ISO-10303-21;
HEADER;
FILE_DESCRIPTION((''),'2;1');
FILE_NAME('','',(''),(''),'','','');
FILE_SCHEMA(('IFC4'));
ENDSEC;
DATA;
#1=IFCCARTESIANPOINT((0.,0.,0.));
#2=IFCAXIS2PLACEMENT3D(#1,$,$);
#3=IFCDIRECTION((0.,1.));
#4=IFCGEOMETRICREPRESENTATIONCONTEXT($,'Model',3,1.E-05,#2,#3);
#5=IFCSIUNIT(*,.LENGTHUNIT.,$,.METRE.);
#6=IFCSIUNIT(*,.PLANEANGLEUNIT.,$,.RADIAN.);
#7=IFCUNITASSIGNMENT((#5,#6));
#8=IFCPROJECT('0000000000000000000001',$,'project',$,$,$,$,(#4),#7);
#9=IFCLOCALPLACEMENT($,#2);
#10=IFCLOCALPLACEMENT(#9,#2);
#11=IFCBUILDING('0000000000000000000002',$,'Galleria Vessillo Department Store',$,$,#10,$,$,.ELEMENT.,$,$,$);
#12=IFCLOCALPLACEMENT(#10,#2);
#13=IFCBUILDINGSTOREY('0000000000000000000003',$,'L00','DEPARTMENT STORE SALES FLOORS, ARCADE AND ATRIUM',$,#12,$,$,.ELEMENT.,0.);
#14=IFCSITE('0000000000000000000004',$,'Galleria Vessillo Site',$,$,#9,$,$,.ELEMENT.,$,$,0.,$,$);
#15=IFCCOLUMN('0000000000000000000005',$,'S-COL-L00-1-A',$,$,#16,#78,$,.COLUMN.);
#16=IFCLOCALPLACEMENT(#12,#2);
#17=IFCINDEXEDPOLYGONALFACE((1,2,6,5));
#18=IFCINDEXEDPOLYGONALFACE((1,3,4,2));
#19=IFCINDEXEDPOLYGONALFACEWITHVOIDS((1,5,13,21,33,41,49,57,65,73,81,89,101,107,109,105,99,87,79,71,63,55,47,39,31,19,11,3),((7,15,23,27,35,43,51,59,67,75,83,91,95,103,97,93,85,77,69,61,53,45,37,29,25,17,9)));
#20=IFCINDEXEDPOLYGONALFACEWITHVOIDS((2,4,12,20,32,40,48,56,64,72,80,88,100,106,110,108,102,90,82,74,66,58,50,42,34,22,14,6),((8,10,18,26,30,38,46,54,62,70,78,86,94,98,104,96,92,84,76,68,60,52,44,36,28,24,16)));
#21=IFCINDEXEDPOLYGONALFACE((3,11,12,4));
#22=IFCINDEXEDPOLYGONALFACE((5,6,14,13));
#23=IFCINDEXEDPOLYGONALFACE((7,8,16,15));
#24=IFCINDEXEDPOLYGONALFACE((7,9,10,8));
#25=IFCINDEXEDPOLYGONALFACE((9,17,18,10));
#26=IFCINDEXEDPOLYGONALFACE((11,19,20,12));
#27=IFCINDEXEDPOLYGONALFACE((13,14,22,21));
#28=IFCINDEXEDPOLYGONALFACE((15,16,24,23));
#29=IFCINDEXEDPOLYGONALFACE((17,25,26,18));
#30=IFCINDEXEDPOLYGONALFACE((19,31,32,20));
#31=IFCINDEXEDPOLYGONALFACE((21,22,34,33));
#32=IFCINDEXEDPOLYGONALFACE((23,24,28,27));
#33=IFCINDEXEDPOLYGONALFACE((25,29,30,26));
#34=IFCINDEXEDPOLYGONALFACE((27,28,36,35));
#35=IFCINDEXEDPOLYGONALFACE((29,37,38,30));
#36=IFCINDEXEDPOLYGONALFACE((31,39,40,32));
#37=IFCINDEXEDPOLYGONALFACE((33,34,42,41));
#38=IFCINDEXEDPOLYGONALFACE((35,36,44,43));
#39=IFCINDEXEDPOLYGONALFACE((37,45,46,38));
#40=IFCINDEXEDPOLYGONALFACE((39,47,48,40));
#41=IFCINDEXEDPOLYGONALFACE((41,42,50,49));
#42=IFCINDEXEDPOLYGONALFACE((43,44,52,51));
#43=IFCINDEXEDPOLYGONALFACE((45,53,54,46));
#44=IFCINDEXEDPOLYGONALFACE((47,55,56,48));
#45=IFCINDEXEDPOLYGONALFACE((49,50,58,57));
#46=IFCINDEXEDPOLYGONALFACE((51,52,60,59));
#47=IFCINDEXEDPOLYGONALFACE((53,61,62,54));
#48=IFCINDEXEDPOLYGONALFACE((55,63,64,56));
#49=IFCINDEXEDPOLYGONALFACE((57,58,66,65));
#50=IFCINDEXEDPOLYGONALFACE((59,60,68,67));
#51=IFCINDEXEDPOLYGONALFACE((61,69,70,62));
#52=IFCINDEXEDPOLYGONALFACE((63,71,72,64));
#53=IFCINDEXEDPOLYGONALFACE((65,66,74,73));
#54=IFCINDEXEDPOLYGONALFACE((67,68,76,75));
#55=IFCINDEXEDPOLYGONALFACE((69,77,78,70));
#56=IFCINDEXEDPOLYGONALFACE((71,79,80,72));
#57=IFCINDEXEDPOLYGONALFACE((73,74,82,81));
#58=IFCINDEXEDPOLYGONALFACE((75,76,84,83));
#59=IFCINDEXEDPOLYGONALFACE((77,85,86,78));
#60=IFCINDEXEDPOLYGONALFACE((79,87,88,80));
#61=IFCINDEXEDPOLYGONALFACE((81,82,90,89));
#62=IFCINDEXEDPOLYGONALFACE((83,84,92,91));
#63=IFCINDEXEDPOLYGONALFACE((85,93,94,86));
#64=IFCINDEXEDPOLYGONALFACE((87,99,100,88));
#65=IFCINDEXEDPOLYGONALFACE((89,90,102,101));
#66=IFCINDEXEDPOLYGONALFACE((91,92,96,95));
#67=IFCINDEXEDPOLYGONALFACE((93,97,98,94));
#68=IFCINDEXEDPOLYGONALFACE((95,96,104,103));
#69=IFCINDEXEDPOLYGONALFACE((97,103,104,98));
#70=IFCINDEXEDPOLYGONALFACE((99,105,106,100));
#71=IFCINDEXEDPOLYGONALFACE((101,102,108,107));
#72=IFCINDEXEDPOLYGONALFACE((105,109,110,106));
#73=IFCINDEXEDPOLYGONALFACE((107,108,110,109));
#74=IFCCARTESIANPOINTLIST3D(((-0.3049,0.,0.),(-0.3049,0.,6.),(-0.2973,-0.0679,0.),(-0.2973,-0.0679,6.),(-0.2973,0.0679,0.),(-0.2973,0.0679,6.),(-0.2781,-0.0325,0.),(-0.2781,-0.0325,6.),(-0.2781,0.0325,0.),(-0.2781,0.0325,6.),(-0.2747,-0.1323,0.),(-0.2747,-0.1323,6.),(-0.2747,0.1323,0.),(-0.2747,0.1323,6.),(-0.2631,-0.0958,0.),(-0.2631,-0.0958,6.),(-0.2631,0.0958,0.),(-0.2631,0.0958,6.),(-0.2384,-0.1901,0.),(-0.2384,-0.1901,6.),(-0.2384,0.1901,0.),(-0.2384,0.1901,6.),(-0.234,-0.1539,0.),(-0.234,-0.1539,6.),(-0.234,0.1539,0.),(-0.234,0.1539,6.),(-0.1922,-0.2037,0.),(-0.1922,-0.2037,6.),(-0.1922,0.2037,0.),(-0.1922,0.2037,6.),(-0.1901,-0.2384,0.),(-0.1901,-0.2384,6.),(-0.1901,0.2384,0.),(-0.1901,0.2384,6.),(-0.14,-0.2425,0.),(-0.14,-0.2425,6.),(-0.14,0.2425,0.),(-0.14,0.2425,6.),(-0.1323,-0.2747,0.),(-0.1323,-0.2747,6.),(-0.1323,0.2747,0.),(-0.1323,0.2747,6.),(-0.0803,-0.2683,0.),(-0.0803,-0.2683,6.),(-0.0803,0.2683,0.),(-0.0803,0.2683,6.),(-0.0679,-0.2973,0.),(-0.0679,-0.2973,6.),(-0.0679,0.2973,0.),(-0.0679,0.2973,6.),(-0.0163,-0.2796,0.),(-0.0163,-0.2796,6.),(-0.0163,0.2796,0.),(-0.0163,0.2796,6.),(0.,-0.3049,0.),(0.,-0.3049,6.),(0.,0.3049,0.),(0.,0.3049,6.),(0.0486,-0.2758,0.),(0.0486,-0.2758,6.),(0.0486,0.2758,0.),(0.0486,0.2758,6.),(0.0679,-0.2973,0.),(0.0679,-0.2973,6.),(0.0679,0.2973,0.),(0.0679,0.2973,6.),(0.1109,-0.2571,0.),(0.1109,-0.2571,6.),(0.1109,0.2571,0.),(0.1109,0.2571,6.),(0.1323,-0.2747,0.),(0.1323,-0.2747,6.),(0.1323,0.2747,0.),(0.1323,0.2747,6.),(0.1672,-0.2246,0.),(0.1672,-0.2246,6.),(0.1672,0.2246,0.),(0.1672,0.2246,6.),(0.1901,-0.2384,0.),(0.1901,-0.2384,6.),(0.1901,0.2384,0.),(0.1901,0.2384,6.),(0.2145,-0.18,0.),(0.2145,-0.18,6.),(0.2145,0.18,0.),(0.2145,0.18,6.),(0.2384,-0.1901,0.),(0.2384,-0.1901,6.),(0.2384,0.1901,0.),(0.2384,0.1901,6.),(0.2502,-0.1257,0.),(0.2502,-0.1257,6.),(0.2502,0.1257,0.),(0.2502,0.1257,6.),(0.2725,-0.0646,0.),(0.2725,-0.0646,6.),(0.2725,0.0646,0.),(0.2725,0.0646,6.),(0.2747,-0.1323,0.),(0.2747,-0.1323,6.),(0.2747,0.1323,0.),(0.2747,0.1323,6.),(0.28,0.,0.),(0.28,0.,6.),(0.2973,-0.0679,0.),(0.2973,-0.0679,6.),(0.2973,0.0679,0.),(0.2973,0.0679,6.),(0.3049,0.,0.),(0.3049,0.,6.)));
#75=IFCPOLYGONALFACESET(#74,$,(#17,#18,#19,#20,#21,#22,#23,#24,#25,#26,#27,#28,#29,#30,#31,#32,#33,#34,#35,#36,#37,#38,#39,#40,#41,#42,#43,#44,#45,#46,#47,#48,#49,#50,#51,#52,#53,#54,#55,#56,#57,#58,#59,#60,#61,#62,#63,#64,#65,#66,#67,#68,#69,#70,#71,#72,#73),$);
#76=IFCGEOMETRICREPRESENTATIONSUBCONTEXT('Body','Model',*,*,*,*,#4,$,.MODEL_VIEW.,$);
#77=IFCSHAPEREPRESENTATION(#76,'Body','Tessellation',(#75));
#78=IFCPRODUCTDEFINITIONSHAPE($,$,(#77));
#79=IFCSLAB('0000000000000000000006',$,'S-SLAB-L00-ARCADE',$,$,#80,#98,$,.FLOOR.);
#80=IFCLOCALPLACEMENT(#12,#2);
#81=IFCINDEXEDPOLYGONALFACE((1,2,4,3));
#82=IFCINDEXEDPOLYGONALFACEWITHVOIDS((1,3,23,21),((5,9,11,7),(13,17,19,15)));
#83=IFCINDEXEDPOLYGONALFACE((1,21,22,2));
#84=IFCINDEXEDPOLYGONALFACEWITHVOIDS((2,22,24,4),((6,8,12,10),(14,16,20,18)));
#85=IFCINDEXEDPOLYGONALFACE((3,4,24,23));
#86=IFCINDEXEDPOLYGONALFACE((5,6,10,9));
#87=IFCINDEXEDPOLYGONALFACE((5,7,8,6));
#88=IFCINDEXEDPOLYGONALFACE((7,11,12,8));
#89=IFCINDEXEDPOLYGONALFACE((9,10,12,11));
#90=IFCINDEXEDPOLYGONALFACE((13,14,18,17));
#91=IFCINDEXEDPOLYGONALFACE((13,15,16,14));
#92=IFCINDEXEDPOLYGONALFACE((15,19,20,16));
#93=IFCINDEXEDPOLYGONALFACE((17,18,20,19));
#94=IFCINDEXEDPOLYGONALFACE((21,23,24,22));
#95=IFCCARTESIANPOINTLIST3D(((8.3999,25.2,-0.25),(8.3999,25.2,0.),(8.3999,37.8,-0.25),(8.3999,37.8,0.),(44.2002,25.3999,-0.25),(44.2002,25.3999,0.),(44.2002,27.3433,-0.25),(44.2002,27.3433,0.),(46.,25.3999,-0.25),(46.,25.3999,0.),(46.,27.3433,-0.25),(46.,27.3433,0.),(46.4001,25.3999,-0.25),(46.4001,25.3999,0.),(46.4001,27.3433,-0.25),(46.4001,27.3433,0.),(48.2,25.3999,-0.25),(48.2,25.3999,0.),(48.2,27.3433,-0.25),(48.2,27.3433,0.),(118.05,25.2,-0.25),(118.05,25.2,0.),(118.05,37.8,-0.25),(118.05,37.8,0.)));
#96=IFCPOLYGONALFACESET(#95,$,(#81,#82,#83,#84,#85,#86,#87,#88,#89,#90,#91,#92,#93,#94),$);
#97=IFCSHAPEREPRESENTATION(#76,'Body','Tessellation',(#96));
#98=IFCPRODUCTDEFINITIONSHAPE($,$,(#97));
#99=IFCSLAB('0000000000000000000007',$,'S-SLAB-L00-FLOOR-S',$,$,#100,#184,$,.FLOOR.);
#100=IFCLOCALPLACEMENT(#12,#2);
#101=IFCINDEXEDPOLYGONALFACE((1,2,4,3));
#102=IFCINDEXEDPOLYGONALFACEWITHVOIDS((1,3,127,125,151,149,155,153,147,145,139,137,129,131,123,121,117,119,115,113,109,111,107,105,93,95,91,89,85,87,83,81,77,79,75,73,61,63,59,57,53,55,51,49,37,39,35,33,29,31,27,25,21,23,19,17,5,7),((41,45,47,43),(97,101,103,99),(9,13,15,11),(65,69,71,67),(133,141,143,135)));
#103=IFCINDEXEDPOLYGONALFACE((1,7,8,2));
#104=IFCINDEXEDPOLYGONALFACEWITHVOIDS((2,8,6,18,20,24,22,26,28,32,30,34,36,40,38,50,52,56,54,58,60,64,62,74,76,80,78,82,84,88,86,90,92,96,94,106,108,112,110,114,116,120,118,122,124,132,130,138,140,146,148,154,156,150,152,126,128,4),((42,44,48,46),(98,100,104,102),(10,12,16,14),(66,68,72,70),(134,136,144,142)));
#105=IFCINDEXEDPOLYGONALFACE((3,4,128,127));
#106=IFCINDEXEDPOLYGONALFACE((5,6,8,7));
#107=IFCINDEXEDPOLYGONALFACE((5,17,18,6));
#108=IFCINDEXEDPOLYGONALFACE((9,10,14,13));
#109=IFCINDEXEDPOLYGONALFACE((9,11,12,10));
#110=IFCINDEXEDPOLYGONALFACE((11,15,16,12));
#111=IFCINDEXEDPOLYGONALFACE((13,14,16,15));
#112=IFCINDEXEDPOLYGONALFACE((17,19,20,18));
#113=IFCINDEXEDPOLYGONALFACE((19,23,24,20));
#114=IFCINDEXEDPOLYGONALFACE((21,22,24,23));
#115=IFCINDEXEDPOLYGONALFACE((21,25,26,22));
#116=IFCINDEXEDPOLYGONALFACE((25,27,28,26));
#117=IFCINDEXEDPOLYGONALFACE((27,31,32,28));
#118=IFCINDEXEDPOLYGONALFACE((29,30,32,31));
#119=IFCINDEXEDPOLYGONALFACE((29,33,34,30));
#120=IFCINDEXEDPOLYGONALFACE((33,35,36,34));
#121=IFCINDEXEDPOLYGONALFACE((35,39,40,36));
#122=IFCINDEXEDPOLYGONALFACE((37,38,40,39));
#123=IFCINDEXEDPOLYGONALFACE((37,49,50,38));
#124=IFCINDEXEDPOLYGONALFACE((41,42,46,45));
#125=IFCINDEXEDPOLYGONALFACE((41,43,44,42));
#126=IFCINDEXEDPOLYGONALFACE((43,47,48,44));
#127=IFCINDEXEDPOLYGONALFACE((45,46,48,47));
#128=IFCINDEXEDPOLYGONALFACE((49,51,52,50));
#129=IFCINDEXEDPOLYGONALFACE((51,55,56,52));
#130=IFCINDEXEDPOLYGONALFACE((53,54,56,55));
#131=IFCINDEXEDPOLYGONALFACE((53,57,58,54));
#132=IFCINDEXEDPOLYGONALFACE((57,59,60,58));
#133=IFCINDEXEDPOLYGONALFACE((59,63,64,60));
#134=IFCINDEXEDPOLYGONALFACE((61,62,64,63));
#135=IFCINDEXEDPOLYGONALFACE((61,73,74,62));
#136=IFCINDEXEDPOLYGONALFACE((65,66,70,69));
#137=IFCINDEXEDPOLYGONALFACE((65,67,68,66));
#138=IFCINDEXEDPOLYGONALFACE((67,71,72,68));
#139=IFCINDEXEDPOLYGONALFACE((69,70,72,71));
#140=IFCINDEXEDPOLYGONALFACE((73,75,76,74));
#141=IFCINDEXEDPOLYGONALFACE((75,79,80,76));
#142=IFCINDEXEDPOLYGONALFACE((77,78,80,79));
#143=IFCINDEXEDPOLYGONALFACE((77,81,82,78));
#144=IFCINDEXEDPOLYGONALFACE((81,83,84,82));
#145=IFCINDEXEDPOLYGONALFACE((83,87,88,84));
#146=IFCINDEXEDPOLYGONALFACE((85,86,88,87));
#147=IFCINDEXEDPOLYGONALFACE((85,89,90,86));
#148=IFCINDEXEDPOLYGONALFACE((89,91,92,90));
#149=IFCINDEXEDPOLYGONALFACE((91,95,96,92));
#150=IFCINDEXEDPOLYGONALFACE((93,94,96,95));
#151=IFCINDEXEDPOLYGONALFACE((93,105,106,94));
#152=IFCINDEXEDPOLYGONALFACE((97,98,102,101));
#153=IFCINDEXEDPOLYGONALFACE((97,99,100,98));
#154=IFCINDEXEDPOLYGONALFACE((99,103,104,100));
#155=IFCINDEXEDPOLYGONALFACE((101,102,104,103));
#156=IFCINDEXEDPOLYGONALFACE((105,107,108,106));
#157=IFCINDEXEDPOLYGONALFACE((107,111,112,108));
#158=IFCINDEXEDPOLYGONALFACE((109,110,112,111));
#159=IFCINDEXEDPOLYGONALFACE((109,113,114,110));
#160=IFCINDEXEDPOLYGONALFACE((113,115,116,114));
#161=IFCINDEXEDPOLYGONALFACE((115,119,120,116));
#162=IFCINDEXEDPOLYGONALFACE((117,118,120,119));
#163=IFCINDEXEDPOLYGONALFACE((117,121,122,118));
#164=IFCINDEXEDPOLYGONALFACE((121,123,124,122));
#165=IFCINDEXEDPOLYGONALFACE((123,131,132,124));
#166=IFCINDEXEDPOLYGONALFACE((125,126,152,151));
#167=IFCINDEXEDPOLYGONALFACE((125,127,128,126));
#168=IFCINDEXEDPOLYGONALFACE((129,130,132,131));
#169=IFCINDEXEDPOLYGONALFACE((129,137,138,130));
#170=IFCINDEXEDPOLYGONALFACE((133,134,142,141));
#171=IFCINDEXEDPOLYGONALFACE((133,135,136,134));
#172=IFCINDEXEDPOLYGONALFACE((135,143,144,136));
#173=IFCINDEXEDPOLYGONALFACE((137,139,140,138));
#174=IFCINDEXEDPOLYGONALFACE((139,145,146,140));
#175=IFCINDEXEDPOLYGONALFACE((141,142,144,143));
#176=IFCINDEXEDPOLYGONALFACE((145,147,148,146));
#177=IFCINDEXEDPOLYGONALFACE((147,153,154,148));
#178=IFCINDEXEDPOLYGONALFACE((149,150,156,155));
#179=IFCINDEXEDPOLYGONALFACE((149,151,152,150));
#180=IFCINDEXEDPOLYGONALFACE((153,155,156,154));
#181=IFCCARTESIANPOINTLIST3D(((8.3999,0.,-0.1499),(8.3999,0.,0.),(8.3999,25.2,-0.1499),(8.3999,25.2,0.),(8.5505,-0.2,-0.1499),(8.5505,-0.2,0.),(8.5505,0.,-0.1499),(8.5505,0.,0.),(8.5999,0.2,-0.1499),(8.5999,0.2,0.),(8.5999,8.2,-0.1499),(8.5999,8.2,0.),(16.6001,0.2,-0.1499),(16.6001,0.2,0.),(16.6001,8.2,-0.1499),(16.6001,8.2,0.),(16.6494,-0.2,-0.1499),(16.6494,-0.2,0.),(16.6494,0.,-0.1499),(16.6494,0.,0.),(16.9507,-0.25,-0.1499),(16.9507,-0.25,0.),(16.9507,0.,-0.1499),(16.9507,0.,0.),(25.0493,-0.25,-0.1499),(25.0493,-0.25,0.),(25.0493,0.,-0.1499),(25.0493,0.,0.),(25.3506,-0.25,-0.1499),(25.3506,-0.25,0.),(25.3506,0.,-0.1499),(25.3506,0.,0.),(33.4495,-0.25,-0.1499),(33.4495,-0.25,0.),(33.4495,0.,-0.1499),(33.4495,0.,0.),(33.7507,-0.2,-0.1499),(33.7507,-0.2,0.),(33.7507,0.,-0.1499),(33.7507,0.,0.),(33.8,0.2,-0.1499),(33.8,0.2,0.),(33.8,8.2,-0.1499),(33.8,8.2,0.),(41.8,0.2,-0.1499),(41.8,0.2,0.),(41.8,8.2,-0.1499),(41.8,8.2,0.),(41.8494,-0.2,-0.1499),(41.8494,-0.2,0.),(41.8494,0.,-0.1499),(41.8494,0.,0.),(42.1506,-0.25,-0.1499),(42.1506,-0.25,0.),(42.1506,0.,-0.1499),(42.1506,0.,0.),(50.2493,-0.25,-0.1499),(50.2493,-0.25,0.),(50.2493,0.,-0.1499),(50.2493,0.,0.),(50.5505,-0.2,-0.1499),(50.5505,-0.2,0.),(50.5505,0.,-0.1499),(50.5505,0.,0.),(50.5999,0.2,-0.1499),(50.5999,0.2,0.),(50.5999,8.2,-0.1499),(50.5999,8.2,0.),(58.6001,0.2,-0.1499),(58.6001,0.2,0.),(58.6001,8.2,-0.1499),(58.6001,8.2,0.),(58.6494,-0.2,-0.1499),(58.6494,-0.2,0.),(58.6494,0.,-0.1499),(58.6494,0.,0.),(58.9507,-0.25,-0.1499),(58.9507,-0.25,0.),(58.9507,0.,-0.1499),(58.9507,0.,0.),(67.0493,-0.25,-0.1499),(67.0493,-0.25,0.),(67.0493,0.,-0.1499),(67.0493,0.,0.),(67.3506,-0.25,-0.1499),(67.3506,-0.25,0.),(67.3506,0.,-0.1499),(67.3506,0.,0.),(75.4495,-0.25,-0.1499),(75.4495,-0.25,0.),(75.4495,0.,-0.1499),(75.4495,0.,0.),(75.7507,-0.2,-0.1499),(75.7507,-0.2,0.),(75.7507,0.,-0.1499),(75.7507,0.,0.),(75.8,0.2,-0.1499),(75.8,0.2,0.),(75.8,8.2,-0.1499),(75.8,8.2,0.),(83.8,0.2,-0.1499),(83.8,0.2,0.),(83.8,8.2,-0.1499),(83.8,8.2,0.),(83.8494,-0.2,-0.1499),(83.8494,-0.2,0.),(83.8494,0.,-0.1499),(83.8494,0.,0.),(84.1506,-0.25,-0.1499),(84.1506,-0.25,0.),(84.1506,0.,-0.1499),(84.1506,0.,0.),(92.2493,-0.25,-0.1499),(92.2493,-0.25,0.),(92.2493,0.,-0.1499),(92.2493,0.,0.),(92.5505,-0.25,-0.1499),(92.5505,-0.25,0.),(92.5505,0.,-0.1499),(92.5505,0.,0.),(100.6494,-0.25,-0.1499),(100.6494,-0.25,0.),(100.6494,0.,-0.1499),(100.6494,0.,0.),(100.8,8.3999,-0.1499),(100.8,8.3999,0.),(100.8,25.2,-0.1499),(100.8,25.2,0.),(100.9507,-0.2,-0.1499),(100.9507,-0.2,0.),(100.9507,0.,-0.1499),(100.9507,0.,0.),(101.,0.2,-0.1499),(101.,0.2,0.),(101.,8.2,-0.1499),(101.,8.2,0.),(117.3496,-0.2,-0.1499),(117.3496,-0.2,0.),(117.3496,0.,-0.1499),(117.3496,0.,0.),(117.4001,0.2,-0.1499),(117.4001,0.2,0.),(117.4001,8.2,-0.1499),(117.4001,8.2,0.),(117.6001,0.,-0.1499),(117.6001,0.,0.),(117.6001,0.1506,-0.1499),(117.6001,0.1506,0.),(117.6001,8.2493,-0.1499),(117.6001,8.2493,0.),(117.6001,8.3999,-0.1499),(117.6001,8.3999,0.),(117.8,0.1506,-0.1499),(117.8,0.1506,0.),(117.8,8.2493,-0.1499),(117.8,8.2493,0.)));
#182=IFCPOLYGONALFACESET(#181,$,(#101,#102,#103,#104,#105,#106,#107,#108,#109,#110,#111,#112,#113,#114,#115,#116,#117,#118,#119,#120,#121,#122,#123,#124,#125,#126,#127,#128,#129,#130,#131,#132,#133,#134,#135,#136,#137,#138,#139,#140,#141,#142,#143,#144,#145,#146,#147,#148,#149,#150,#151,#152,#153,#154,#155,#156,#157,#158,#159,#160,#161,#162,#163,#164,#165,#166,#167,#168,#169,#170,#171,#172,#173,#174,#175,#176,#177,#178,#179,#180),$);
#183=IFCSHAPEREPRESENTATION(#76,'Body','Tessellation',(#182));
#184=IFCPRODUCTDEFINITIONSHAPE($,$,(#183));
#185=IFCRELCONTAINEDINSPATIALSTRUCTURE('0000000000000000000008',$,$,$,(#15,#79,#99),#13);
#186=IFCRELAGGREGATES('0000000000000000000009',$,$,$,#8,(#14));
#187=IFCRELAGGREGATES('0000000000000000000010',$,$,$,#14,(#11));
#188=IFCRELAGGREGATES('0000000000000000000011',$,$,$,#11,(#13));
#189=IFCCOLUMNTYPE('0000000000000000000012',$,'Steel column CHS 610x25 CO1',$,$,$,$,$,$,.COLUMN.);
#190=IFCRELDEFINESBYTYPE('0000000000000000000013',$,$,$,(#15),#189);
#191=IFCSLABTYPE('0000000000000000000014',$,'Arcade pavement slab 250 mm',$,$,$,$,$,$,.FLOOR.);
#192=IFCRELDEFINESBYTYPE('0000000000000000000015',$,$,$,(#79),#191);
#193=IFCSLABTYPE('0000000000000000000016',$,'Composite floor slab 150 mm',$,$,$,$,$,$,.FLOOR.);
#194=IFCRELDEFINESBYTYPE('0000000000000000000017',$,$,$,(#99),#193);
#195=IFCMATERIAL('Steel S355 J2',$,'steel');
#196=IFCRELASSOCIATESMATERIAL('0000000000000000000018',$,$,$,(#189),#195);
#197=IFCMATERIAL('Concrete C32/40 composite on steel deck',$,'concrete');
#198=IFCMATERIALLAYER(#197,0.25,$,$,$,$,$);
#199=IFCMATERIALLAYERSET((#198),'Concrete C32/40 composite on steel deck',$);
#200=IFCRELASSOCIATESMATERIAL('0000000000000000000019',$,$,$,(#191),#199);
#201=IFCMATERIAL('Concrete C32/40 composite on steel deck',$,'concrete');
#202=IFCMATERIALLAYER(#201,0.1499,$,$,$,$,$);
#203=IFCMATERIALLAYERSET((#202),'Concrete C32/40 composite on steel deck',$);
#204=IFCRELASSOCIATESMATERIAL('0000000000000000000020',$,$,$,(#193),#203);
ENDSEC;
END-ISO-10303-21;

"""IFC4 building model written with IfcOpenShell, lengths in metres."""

from ifc_helpers import new_model, si_unit, direction, frame, origin, origin_with_axes, origin_2d, place, context, subcontext, project, spatial, polyline, hollow_circle, outline, extrude, material, layer, layer_set, material_profile, profile_set, type_object, element, save


model = new_model("IFC4")

# Units and contexts
model_context = context("Model", 3, precision=1e-05, world=origin(), true_north=direction((0.0, 1.0)))
body_context = subcontext(model_context, "Body", "Model", "MODEL_VIEW")
ifc_project = project(units=[si_unit("LENGTHUNIT", "METRE"), si_unit("PLANEANGLEUNIT", "RADIAN")], contexts=[model_context])

# Site, building, storey
site_placement = place(None, origin())
site = spatial("IfcSite", under=ifc_project, at=site_placement, Name="Galleria Vessillo Site", CompositionType="ELEMENT", RefElevation=0.0)
building_placement = place(site_placement, origin())
building = spatial("IfcBuilding", under=site, at=building_placement, Name="Galleria Vessillo Department Store", CompositionType="ELEMENT")
storey_placement = place(building_placement, origin())
storey = spatial("IfcBuildingStorey", under=building, at=storey_placement, Name="L00", Description="DEPARTMENT STORE SALES FLOORS, ARCADE AND ATRIUM", CompositionType="ELEMENT", Elevation=0.0)

# Column
ifc_material_1 = material(Name="Steel S355 J2", Category="steel")
ifc_material_profile = material_profile(ifc_material_1, hollow_circle(Radius=0.3049, WallThickness=0.0249, at=origin_2d()), Name="CHS 610x25")
ifc_profile_set = profile_set([ifc_material_profile], Name="Steel S355 J2")
column_type = type_object("IfcColumnType", Name="Steel column CHS 610x25 CO1", PredefinedType="COLUMN", material=ifc_profile_set)
column_placement = place(storey_placement, origin_with_axes())
element("IfcColumn", 1, at=column_placement, inside=storey, type_object=column_type, Name="S-COL-L00-1-A", PredefinedType="COLUMN", context=body_context, shape_type="SweptSolid", body=[
    extrude(hollow_circle(Radius=0.3049, WallThickness=0.0249, at=origin_2d()), origin(), (0.0, 0.0, 1.0), 6.0),
])

# Slabs
ifc_material_2 = material(Name="Concrete C32/40 composite on steel deck", Category="concrete")
ifc_layer_1 = layer(ifc_material_2, 0.25)
ifc_layer_set_1 = layer_set([ifc_layer_1], Name="Concrete C32/40 composite on steel deck")
slab_type_1 = type_object("IfcSlabType", Name="Arcade pavement slab 250 mm", PredefinedType="FLOOR", material=ifc_layer_set_1)
slab_1_placement = place(storey_placement, frame((0.0, 0.0, -0.25)))
element("IfcSlab", 2, at=slab_1_placement, inside=storey, type_object=slab_type_1, Name="S-SLAB-L00-ARCADE", PredefinedType="FLOOR", context=body_context, shape_type="SweptSolid", body=[
    extrude(outline(polyline([(118.05, 37.8), (118.05, 25.2), (8.3999, 25.2), (8.3999, 37.8), (118.05, 37.8)]), holes=[polyline([(46.0, 25.3999), (46.0, 27.3433), (44.2002, 27.3433), (44.2002, 25.3999), (46.0, 25.3999)]), polyline([(48.2, 25.3999), (48.2, 27.3433), (46.4001, 27.3433), (46.4001, 25.3999), (48.2, 25.3999)])]), origin(), (0.0, 0.0, 1.0), 0.25),
])
ifc_material_3 = material(Name="Concrete C32/40 composite on steel deck", Category="concrete")
ifc_layer_2 = layer(ifc_material_3, 0.1499)
ifc_layer_set_2 = layer_set([ifc_layer_2], Name="Concrete C32/40 composite on steel deck")
slab_type_2 = type_object("IfcSlabType", Name="Composite floor slab 150 mm", PredefinedType="FLOOR", material=ifc_layer_set_2)
slab_2_placement = place(storey_placement, frame((0.0, 0.0, -0.1499)))
element("IfcSlab", 3, at=slab_2_placement, inside=storey, type_object=slab_type_2, Name="S-SLAB-L00-FLOOR-S", PredefinedType="FLOOR", context=body_context, shape_type="SweptSolid", body=[
    extrude(outline(polyline([(16.6494, -0.2), (8.5505, -0.2), (8.5505, 0.0), (8.3999, 0.0), (8.3999, 25.2), (100.8, 25.2), (100.8, 8.3999), (117.6001, 8.3999), (117.6001, 8.2493), (117.8, 8.2493), (117.8, 0.1506), (117.6001, 0.1506), (117.6001, 0.0), (117.3496, 0.0), (117.3496, -0.2), (100.9507, -0.2), (100.9507, 0.0), (100.6494, 0.0), (100.6494, -0.25), (92.5505, -0.25), (92.5505, 0.0), (92.2493, 0.0), (92.2493, -0.25), (84.1506, -0.25), (84.1506, 0.0), (83.8494, 0.0), (83.8494, -0.2), (75.7507, -0.2), (75.7507, 0.0), (75.4495, 0.0), (75.4495, -0.25), (67.3506, -0.25), (67.3506, 0.0), (67.0493, 0.0), (67.0493, -0.25), (58.9507, -0.25), (58.9507, 0.0), (58.6494, 0.0), (58.6494, -0.2), (50.5505, -0.2), (50.5505, 0.0), (50.2493, 0.0), (50.2493, -0.25), (42.1506, -0.25), (42.1506, 0.0), (41.8494, 0.0), (41.8494, -0.2), (33.7507, -0.2), (33.7507, 0.0), (33.4495, 0.0), (33.4495, -0.25), (25.3506, -0.25), (25.3506, 0.0), (25.0493, 0.0), (25.0493, -0.25), (16.9507, -0.25), (16.9507, 0.0), (16.6494, 0.0), (16.6494, -0.2)]), holes=[polyline([(8.5999, 8.2), (8.5999, 0.2), (16.6001, 0.2), (16.6001, 8.2), (8.5999, 8.2)]), polyline([(33.8, 8.2), (33.8, 0.2), (41.8, 0.2), (41.8, 8.2), (33.8, 8.2)]), polyline([(50.5999, 8.2), (50.5999, 0.2), (58.6001, 0.2), (58.6001, 8.2), (50.5999, 8.2)]), polyline([(83.8, 8.2), (75.8, 8.2), (75.8, 0.2), (83.8, 0.2), (83.8, 8.2)]), polyline([(117.4001, 8.2), (101.0, 8.2), (101.0, 0.2), (117.4001, 0.2), (117.4001, 8.2)])]), origin(), (0.0, 0.0, 1.0), 0.1499),
])

save(model, "model.ifc")
